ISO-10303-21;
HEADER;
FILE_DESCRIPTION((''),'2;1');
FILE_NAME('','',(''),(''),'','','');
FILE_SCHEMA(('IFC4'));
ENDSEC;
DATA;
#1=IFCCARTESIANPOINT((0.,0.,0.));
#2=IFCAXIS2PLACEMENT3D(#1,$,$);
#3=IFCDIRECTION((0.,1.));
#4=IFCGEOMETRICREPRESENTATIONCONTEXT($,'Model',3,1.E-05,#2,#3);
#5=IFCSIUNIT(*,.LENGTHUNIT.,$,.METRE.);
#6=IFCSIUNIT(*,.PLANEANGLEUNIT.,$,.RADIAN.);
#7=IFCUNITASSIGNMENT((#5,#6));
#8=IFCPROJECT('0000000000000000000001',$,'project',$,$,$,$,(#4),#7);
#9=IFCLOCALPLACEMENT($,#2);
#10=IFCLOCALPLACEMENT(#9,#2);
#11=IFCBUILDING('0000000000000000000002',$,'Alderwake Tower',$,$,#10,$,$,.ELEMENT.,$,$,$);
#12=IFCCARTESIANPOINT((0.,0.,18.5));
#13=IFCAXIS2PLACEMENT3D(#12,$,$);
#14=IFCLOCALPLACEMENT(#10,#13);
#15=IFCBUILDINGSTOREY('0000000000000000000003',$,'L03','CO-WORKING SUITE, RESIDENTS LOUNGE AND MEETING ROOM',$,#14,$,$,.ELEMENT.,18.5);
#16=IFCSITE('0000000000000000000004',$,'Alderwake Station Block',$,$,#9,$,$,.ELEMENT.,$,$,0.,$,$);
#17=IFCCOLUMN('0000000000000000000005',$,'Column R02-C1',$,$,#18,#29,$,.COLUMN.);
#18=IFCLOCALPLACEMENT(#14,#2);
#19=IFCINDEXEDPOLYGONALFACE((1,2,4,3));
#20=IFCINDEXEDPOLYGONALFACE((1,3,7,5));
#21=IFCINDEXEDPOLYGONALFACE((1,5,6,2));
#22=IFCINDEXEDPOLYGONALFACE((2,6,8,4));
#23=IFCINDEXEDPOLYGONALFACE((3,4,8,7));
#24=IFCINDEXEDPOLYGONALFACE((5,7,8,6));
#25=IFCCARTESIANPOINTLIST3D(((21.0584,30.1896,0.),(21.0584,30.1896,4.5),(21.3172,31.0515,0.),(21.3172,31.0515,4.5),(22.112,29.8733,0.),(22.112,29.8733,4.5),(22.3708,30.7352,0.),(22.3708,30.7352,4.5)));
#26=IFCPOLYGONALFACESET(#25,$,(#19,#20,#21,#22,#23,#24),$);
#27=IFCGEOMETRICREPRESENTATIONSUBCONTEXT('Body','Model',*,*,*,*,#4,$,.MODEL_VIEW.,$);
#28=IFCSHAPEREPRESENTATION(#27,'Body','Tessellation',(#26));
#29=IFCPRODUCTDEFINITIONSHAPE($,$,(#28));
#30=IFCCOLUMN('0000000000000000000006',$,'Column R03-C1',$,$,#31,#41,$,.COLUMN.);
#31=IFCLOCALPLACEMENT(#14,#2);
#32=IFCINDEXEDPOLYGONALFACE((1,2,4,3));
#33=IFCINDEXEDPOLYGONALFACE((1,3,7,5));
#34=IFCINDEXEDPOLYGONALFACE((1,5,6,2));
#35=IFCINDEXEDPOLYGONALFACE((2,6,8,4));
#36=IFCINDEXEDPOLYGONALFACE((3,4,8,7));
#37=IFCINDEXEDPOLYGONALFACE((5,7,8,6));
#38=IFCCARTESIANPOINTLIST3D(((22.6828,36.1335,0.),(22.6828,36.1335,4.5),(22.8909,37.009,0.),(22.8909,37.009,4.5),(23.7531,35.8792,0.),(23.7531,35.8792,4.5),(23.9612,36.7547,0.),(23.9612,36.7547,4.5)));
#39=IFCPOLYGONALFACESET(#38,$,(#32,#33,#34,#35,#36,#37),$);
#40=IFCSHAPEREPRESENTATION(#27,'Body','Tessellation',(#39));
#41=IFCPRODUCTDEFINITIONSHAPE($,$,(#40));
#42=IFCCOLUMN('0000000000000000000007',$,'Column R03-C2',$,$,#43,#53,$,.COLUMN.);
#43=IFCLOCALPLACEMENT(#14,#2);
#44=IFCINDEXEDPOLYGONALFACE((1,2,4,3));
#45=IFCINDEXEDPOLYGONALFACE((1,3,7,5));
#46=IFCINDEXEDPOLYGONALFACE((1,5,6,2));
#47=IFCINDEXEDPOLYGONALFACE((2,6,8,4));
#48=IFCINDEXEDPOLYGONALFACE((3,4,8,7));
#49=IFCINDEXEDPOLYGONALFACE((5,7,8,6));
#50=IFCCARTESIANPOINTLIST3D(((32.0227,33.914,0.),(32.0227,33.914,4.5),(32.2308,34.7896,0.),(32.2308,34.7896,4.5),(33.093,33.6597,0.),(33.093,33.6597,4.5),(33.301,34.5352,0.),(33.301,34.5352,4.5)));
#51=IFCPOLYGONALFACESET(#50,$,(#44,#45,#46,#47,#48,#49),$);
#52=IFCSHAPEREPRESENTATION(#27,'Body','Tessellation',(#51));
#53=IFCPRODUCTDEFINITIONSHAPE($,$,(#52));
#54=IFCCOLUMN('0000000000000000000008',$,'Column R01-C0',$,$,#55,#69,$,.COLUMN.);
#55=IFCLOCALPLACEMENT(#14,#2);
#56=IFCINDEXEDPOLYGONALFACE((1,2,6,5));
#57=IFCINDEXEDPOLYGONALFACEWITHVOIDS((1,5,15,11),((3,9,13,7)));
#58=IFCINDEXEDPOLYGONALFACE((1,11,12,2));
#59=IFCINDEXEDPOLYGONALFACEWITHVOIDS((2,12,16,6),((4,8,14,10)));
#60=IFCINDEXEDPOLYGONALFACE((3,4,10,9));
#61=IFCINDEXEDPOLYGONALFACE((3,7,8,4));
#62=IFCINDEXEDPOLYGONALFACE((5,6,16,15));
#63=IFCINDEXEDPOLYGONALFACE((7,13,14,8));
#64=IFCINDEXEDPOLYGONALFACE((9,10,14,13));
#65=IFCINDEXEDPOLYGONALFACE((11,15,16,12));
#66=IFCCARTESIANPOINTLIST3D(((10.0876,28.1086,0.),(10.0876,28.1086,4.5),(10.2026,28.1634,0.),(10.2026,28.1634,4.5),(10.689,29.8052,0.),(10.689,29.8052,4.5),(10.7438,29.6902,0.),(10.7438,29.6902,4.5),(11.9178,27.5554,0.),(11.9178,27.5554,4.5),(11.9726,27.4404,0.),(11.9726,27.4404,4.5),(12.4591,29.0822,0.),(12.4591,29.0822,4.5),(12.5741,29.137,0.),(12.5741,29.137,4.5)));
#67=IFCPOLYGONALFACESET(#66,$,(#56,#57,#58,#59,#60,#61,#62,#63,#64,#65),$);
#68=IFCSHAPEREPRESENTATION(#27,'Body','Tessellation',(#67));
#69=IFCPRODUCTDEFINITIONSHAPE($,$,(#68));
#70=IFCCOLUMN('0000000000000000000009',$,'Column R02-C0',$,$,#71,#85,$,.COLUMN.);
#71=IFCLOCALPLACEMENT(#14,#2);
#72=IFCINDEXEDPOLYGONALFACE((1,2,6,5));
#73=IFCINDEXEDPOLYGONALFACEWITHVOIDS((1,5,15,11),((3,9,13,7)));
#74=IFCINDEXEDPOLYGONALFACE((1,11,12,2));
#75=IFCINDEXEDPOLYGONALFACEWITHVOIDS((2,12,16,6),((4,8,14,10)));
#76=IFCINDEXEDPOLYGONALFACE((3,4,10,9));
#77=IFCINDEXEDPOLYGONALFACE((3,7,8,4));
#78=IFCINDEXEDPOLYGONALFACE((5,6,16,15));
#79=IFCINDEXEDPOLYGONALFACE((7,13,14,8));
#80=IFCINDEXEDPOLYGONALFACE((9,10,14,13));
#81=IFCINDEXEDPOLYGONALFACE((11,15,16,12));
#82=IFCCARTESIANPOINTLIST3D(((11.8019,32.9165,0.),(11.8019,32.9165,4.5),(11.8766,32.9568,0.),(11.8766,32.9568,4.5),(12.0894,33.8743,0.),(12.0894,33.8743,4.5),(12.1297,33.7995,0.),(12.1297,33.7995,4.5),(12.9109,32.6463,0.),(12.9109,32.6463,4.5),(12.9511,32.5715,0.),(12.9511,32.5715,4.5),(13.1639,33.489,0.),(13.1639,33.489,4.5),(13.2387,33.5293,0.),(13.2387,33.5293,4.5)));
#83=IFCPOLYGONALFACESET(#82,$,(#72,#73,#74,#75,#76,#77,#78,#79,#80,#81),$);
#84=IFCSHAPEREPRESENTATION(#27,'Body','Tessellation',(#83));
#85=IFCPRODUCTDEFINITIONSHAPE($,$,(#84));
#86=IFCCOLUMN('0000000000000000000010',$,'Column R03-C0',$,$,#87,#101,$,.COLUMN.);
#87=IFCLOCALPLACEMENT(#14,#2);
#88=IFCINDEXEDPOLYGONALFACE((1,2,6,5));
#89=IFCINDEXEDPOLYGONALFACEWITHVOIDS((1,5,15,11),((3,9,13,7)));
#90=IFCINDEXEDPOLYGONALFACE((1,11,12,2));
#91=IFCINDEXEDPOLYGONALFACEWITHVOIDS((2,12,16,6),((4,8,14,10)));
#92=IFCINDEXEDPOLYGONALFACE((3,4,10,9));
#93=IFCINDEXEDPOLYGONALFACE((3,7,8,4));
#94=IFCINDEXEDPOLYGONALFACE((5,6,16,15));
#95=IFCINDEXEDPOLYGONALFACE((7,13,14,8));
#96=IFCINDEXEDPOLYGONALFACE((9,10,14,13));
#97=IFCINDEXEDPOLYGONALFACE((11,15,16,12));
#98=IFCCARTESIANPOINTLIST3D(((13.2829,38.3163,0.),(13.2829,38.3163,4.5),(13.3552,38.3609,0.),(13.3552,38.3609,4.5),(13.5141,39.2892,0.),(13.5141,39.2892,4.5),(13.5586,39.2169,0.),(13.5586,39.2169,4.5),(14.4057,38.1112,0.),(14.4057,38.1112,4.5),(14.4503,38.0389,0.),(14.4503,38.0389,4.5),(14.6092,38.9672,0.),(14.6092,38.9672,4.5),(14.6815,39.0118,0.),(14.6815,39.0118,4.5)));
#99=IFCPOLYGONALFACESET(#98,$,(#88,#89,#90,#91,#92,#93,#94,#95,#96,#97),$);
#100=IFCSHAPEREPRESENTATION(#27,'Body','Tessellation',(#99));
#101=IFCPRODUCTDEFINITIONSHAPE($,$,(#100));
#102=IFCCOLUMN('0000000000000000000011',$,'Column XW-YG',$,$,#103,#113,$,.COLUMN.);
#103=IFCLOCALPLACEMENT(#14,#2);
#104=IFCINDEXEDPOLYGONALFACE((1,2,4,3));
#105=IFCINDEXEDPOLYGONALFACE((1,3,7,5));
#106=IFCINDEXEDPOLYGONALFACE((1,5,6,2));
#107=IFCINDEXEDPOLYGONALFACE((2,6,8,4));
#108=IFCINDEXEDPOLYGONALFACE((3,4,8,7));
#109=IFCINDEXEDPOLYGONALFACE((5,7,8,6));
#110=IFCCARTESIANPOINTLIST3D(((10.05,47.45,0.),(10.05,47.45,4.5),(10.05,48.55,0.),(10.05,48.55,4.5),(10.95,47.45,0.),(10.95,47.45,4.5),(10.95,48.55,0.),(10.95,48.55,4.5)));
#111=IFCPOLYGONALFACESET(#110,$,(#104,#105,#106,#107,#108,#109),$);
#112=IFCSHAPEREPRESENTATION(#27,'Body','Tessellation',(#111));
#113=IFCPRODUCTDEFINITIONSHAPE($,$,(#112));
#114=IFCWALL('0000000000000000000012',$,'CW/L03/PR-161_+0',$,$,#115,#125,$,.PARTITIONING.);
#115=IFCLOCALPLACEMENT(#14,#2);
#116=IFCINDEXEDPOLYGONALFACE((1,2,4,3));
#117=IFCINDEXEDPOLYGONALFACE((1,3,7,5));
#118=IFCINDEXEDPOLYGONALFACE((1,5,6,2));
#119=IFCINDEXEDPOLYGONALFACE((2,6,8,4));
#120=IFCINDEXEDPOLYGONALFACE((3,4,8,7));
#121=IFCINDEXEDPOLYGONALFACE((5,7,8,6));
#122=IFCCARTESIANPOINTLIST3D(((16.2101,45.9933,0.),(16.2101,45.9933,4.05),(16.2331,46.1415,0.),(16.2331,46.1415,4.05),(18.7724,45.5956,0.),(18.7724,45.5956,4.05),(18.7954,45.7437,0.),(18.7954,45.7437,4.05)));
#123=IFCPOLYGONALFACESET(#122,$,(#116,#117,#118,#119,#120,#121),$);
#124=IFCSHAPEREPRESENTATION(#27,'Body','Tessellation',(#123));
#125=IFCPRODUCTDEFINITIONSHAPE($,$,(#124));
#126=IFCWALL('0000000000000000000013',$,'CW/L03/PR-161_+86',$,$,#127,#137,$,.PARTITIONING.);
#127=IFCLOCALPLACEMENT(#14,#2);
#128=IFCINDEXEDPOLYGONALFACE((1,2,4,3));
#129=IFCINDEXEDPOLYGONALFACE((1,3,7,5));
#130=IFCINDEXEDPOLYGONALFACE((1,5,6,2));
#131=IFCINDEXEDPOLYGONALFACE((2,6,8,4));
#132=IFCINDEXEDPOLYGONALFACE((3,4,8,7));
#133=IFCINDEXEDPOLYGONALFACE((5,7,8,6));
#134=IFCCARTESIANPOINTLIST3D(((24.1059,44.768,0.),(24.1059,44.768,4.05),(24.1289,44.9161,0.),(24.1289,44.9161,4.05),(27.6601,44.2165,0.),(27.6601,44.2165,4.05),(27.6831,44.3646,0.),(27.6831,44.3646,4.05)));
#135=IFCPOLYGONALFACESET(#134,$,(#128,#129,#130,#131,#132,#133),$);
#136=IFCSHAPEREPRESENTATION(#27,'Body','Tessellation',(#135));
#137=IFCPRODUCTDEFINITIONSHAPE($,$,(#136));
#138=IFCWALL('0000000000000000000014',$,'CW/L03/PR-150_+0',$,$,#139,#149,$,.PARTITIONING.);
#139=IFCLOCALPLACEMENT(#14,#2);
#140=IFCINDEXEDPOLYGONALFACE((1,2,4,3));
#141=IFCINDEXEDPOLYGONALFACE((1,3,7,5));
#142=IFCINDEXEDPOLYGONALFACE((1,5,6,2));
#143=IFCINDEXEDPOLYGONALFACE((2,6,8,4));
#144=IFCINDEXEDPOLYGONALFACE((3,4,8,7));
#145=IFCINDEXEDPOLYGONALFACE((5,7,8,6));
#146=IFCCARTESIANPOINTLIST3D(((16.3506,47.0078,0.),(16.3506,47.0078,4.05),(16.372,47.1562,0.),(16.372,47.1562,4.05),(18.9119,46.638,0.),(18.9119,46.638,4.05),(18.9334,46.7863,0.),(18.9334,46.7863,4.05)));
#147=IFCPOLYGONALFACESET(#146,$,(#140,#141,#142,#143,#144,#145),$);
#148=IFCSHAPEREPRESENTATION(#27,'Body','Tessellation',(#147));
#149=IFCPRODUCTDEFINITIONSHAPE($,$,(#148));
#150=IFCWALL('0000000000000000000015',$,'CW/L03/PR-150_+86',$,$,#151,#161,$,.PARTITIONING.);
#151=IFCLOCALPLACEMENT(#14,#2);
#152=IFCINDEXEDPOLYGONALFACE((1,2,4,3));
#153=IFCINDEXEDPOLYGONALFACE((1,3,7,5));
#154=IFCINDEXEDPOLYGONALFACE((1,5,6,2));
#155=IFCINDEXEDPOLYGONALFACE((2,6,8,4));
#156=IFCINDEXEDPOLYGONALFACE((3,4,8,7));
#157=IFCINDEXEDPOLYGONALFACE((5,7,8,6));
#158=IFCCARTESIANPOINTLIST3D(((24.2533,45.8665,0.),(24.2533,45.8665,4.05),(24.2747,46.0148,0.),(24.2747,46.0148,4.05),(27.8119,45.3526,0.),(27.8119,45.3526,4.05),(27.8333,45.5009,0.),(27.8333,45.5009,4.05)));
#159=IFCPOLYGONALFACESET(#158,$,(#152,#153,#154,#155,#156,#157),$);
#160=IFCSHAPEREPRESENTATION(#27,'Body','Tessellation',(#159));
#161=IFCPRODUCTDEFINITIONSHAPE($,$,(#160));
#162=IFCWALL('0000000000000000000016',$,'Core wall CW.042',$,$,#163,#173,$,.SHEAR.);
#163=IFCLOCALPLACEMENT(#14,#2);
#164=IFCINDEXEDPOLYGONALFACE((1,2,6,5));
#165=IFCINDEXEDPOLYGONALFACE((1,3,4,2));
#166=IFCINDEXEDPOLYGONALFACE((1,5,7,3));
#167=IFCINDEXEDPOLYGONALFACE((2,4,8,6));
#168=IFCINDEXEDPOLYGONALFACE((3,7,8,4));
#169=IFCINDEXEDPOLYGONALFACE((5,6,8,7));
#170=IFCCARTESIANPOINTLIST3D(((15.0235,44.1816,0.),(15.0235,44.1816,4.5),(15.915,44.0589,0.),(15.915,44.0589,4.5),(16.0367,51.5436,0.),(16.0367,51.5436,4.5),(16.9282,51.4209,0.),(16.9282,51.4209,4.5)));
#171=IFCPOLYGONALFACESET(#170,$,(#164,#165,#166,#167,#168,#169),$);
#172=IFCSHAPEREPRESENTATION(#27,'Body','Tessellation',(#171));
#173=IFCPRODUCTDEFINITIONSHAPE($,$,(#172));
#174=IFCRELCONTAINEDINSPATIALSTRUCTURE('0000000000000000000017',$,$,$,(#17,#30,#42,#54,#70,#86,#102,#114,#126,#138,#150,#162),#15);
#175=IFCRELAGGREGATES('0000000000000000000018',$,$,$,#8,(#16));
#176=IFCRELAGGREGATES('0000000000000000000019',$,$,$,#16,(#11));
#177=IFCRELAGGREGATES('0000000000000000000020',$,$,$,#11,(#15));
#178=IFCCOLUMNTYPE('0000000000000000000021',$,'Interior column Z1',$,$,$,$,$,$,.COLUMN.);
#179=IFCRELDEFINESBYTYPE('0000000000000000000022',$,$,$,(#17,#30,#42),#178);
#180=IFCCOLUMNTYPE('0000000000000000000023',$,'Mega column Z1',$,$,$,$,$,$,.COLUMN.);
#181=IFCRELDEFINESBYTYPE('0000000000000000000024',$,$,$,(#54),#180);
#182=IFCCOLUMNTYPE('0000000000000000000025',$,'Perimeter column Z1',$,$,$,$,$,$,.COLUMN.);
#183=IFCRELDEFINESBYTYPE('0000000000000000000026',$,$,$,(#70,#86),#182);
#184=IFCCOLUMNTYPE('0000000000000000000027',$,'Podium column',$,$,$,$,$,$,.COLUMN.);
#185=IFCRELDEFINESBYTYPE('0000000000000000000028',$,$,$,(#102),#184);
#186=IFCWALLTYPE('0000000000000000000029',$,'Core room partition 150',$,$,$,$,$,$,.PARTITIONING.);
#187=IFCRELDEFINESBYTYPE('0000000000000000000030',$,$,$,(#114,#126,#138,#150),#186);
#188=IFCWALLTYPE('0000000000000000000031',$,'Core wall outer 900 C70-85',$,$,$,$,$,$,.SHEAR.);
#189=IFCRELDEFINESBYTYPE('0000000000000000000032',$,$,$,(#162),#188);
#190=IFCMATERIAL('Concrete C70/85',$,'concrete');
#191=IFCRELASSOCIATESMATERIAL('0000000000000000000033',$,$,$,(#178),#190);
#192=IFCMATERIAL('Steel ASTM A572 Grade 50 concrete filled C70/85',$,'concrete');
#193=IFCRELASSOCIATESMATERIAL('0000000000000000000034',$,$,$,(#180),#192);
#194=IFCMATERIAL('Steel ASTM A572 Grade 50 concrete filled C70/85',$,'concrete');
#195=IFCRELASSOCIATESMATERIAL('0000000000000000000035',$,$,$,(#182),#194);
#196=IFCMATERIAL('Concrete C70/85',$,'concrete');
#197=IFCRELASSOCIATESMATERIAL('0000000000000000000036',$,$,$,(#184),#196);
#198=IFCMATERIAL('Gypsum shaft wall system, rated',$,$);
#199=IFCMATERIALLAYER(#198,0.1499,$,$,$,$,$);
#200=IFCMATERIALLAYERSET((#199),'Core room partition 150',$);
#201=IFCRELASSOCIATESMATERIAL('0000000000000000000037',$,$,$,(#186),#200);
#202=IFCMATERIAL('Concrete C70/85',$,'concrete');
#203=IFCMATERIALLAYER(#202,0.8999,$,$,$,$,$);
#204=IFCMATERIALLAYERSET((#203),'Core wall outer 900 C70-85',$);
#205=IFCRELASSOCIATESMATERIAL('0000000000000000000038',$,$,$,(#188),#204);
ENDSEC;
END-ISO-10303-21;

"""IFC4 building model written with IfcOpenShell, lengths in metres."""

from ifc_helpers import new_model, si_unit, direction, frame, frame_2d, origin, origin_2d, place, context, subcontext, project, spatial, rectangle, hollow_rectangle, extrude, material, layer, layer_set, material_profile, profile_set, type_object, element, save


model = new_model("IFC4")

# Units and contexts
model_context = context("Model", 3, precision=1e-05, world=origin(), true_north=direction((0.0, 1.0)))
body_context = subcontext(model_context, "Body", "Model", "MODEL_VIEW")
ifc_project = project(units=[si_unit("LENGTHUNIT", "METRE"), si_unit("PLANEANGLEUNIT", "RADIAN")], contexts=[model_context])

# Site, building, storey
site_placement = place(None, origin())
site = spatial("IfcSite", under=ifc_project, at=site_placement, Name="Alderwake Station Block", CompositionType="ELEMENT", RefElevation=0.0)
building_placement = place(site_placement, origin())
building = spatial("IfcBuilding", under=site, at=building_placement, Name="Alderwake Tower", CompositionType="ELEMENT")
storey_placement = place(building_placement, frame((0.0, 0.0, 18.5)))
storey = spatial("IfcBuildingStorey", under=building, at=storey_placement, Name="L03", Description="CO-WORKING SUITE, RESIDENTS LOUNGE AND MEETING ROOM", CompositionType="ELEMENT", Elevation=18.5)

# Columns
ifc_material_1 = material(Name="Concrete C70/85", Category="concrete")
ifc_material_profile_1 = material_profile(ifc_material_1, rectangle(XDim=0.8999, YDim=1.1001, at=origin_2d()), Name="RC 1100X900")
ifc_profile_set_1 = profile_set([ifc_material_profile_1], Name="Concrete C70/85")
column_type_1 = type_object("IfcColumnType", Name="Interior column Z1", PredefinedType="COLUMN", material=ifc_profile_set_1)
for number, where, z_axis, x_axis, name in (
    (1, (21.7146, 30.4624, 0.0), (0.0, 0.0, 1.0), (0.287549, 0.957766, 0.0), "Column R02-C1"),
    (2, (23.322, 36.4441, 0.0), (0.0, 0.0, 1.0), (0.231222, 0.972901, 0.0), "Column R03-C1"),
    (3, (32.6619, 34.2246, 0.0), (0.0, 0.0, 1.0), (0.231222, 0.972901, 0.0), "Column R03-C2"),
):
    element("IfcColumn", number, at=place(storey_placement, frame(where, z_axis=z_axis, x_axis=x_axis)), inside=storey, type_object=column_type_1, Name=name, PredefinedType="COLUMN", context=body_context, shape_type="SweptSolid", body=[
        extrude(rectangle(XDim=0.8999, YDim=1.1001, at=origin_2d()), origin(), (0.0, 0.0, 1.0), 4.5),
    ])
ifc_material_2 = material(Name="Steel ASTM A572 Grade 50 concrete filled C70/85", Category="concrete")
ifc_material_profile_2 = material_profile(ifc_material_2, hollow_rectangle(XDim=1.8, YDim=2.0, WallThickness=0.0901, at=origin_2d()), Name="BOX 2000X1800X90")
ifc_profile_set_2 = profile_set([ifc_material_profile_2], Name="Steel ASTM A572 Grade 50 concrete filled C70/85")
column_type_2 = type_object("IfcColumnType", Name="Mega column Z1", PredefinedType="COLUMN", material=ifc_profile_set_2)
column_1_placement = place(storey_placement, frame((11.3308, 28.6228, 0.0), z_axis=(0.0, 0.0, 1.0), x_axis=(0.334131, 0.942527, 0.0)))
element("IfcColumn", 4, at=column_1_placement, inside=storey, type_object=column_type_2, Name="Column R01-C0", PredefinedType="COLUMN", context=body_context, shape_type="SweptSolid", body=[
    extrude(hollow_rectangle(XDim=1.8, YDim=2.0, WallThickness=0.0901, at=origin_2d()), origin(), (0.0, 0.0, 1.0), 4.5),
])
ifc_material_3 = material(Name="Steel ASTM A572 Grade 50 concrete filled C70/85", Category="concrete")
ifc_material_profile_3 = material_profile(ifc_material_3, hollow_rectangle(XDim=1.0, YDim=1.2, WallThickness=0.0601, at=origin_2d()), Name="BOX 1200X1000X60")
ifc_profile_set_3 = profile_set([ifc_material_profile_3], Name="Steel ASTM A572 Grade 50 concrete filled C70/85")
column_type_3 = type_object("IfcColumnType", Name="Perimeter column Z1", PredefinedType="COLUMN", material=ifc_profile_set_3)
for number, where, z_axis, x_axis, name in (
    (5, (12.5203, 33.2229, 0.0), (0.0, 0.0, 1.0), (0.287549, 0.957766, 0.0), "Column R02-C0"),
    (6, (13.9822, 38.6641, 0.0), (0.0, 0.0, 1.0), (0.231222, 0.972901, 0.0), "Column R03-C0"),
):
    element("IfcColumn", number, at=place(storey_placement, frame(where, z_axis=z_axis, x_axis=x_axis)), inside=storey, type_object=column_type_3, Name=name, PredefinedType="COLUMN", context=body_context, shape_type="SweptSolid", body=[
        extrude(hollow_rectangle(XDim=1.0, YDim=1.2, WallThickness=0.0601, at=origin_2d()), origin(), (0.0, 0.0, 1.0), 4.5),
    ])
ifc_material_4 = material(Name="Concrete C70/85", Category="concrete")
ifc_material_profile_4 = material_profile(ifc_material_4, rectangle(XDim=0.8999, YDim=1.1001, at=origin_2d()), Name="RC 1100X900")
ifc_profile_set_4 = profile_set([ifc_material_profile_4], Name="Concrete C70/85")
column_type_4 = type_object("IfcColumnType", Name="Podium column", PredefinedType="COLUMN", material=ifc_profile_set_4)
column_2_placement = place(storey_placement, frame((10.5, 48.0, 0.0), z_axis=(0.0, 0.0, 1.0), x_axis=(1.0, 0.0, 0.0)))
element("IfcColumn", 7, at=column_2_placement, inside=storey, type_object=column_type_4, Name="Column XW-YG", PredefinedType="COLUMN", context=body_context, shape_type="SweptSolid", body=[
    extrude(rectangle(XDim=0.8999, YDim=1.1001, at=origin_2d()), origin(), (0.0, 0.0, 1.0), 4.5),
])

# Walls
ifc_material_5 = material(Name="Gypsum shaft wall system, rated")
ifc_layer_1 = layer(ifc_material_5, 0.1499)
ifc_layer_set_1 = layer_set([ifc_layer_1], Name="Core room partition 150")
wall_type_1 = type_object("IfcWallType", Name="Core room partition 150", PredefinedType="PARTITIONING", material=ifc_layer_set_1)
wall_1_placement = place(storey_placement, frame((16.2217, 46.0674, 0.0), z_axis=(0.0, 0.0, 1.0), x_axis=(0.988167, -0.15338, 0.0)))
element("IfcWall", 8, at=wall_1_placement, inside=storey, type_object=wall_type_1, Name="CW/L03/PR-161_+0", PredefinedType="PARTITIONING", context=body_context, shape_type="SweptSolid", body=[
    extrude(rectangle(XDim=2.593, YDim=0.1499, at=frame_2d((1.2964, 0.0))), origin(), (0.0, 0.0, 1.0), 4.05),
])
wall_2_placement = place(storey_placement, frame((24.1174, 44.842, 0.0), z_axis=(0.0, 0.0, 1.0), x_axis=(0.988174, -0.153337, 0.0)))
element("IfcWall", 9, at=wall_2_placement, inside=storey, type_object=wall_type_1, Name="CW/L03/PR-161_+86", PredefinedType="PARTITIONING", context=body_context, shape_type="SweptSolid", body=[
    extrude(rectangle(XDim=3.5967, YDim=0.1499, at=frame_2d((1.7983, 0.0))), origin(), (0.0, 0.0, 1.0), 4.05),
])
wall_3_placement = place(storey_placement, frame((16.3613, 47.082, 0.0), z_axis=(0.0, 0.0, 1.0), x_axis=(0.989733, -0.142927, 0.0)))
element("IfcWall", 10, at=wall_3_placement, inside=storey, type_object=wall_type_1, Name="CW/L03/PR-150_+0", PredefinedType="PARTITIONING", context=body_context, shape_type="SweptSolid", body=[
    extrude(rectangle(XDim=2.5879, YDim=0.1499, at=frame_2d((1.2939, 0.0))), origin(), (0.0, 0.0, 1.0), 4.05),
])
wall_4_placement = place(storey_placement, frame((24.2639, 45.9407, 0.0), z_axis=(0.0, 0.0, 1.0), x_axis=(0.989732, -0.142933, 0.0)))
element("IfcWall", 11, at=wall_4_placement, inside=storey, type_object=wall_type_1, Name="CW/L03/PR-150_+86", PredefinedType="PARTITIONING", context=body_context, shape_type="SweptSolid", body=[
    extrude(rectangle(XDim=3.5955, YDim=0.1499, at=frame_2d((1.7979, 0.0))), origin(), (0.0, 0.0, 1.0), 4.05),
])
ifc_material_6 = material(Name="Concrete C70/85", Category="concrete")
ifc_layer_2 = layer(ifc_material_6, 0.8999)
ifc_layer_set_2 = layer_set([ifc_layer_2], Name="Core wall outer 900 C70-85")
wall_type_2 = type_object("IfcWallType", Name="Core wall outer 900 C70-85", PredefinedType="SHEAR", material=ifc_layer_set_2)
wall_5_placement = place(storey_placement, frame((15.4692, 44.1201, 0.0), z_axis=(0.0, 0.0, 1.0), x_axis=(0.136337, 0.990662, 0.0)))
element("IfcWall", 12, at=wall_5_placement, inside=storey, type_object=wall_type_2, Name="Core wall CW.042", PredefinedType="SHEAR", context=body_context, shape_type="SweptSolid", body=[
    extrude(rectangle(XDim=7.4314, YDim=0.8999, at=frame_2d((3.7158, 0.0))), origin(), (0.0, 0.0, 1.0), 4.5),
])

save(model, "model.ifc")
